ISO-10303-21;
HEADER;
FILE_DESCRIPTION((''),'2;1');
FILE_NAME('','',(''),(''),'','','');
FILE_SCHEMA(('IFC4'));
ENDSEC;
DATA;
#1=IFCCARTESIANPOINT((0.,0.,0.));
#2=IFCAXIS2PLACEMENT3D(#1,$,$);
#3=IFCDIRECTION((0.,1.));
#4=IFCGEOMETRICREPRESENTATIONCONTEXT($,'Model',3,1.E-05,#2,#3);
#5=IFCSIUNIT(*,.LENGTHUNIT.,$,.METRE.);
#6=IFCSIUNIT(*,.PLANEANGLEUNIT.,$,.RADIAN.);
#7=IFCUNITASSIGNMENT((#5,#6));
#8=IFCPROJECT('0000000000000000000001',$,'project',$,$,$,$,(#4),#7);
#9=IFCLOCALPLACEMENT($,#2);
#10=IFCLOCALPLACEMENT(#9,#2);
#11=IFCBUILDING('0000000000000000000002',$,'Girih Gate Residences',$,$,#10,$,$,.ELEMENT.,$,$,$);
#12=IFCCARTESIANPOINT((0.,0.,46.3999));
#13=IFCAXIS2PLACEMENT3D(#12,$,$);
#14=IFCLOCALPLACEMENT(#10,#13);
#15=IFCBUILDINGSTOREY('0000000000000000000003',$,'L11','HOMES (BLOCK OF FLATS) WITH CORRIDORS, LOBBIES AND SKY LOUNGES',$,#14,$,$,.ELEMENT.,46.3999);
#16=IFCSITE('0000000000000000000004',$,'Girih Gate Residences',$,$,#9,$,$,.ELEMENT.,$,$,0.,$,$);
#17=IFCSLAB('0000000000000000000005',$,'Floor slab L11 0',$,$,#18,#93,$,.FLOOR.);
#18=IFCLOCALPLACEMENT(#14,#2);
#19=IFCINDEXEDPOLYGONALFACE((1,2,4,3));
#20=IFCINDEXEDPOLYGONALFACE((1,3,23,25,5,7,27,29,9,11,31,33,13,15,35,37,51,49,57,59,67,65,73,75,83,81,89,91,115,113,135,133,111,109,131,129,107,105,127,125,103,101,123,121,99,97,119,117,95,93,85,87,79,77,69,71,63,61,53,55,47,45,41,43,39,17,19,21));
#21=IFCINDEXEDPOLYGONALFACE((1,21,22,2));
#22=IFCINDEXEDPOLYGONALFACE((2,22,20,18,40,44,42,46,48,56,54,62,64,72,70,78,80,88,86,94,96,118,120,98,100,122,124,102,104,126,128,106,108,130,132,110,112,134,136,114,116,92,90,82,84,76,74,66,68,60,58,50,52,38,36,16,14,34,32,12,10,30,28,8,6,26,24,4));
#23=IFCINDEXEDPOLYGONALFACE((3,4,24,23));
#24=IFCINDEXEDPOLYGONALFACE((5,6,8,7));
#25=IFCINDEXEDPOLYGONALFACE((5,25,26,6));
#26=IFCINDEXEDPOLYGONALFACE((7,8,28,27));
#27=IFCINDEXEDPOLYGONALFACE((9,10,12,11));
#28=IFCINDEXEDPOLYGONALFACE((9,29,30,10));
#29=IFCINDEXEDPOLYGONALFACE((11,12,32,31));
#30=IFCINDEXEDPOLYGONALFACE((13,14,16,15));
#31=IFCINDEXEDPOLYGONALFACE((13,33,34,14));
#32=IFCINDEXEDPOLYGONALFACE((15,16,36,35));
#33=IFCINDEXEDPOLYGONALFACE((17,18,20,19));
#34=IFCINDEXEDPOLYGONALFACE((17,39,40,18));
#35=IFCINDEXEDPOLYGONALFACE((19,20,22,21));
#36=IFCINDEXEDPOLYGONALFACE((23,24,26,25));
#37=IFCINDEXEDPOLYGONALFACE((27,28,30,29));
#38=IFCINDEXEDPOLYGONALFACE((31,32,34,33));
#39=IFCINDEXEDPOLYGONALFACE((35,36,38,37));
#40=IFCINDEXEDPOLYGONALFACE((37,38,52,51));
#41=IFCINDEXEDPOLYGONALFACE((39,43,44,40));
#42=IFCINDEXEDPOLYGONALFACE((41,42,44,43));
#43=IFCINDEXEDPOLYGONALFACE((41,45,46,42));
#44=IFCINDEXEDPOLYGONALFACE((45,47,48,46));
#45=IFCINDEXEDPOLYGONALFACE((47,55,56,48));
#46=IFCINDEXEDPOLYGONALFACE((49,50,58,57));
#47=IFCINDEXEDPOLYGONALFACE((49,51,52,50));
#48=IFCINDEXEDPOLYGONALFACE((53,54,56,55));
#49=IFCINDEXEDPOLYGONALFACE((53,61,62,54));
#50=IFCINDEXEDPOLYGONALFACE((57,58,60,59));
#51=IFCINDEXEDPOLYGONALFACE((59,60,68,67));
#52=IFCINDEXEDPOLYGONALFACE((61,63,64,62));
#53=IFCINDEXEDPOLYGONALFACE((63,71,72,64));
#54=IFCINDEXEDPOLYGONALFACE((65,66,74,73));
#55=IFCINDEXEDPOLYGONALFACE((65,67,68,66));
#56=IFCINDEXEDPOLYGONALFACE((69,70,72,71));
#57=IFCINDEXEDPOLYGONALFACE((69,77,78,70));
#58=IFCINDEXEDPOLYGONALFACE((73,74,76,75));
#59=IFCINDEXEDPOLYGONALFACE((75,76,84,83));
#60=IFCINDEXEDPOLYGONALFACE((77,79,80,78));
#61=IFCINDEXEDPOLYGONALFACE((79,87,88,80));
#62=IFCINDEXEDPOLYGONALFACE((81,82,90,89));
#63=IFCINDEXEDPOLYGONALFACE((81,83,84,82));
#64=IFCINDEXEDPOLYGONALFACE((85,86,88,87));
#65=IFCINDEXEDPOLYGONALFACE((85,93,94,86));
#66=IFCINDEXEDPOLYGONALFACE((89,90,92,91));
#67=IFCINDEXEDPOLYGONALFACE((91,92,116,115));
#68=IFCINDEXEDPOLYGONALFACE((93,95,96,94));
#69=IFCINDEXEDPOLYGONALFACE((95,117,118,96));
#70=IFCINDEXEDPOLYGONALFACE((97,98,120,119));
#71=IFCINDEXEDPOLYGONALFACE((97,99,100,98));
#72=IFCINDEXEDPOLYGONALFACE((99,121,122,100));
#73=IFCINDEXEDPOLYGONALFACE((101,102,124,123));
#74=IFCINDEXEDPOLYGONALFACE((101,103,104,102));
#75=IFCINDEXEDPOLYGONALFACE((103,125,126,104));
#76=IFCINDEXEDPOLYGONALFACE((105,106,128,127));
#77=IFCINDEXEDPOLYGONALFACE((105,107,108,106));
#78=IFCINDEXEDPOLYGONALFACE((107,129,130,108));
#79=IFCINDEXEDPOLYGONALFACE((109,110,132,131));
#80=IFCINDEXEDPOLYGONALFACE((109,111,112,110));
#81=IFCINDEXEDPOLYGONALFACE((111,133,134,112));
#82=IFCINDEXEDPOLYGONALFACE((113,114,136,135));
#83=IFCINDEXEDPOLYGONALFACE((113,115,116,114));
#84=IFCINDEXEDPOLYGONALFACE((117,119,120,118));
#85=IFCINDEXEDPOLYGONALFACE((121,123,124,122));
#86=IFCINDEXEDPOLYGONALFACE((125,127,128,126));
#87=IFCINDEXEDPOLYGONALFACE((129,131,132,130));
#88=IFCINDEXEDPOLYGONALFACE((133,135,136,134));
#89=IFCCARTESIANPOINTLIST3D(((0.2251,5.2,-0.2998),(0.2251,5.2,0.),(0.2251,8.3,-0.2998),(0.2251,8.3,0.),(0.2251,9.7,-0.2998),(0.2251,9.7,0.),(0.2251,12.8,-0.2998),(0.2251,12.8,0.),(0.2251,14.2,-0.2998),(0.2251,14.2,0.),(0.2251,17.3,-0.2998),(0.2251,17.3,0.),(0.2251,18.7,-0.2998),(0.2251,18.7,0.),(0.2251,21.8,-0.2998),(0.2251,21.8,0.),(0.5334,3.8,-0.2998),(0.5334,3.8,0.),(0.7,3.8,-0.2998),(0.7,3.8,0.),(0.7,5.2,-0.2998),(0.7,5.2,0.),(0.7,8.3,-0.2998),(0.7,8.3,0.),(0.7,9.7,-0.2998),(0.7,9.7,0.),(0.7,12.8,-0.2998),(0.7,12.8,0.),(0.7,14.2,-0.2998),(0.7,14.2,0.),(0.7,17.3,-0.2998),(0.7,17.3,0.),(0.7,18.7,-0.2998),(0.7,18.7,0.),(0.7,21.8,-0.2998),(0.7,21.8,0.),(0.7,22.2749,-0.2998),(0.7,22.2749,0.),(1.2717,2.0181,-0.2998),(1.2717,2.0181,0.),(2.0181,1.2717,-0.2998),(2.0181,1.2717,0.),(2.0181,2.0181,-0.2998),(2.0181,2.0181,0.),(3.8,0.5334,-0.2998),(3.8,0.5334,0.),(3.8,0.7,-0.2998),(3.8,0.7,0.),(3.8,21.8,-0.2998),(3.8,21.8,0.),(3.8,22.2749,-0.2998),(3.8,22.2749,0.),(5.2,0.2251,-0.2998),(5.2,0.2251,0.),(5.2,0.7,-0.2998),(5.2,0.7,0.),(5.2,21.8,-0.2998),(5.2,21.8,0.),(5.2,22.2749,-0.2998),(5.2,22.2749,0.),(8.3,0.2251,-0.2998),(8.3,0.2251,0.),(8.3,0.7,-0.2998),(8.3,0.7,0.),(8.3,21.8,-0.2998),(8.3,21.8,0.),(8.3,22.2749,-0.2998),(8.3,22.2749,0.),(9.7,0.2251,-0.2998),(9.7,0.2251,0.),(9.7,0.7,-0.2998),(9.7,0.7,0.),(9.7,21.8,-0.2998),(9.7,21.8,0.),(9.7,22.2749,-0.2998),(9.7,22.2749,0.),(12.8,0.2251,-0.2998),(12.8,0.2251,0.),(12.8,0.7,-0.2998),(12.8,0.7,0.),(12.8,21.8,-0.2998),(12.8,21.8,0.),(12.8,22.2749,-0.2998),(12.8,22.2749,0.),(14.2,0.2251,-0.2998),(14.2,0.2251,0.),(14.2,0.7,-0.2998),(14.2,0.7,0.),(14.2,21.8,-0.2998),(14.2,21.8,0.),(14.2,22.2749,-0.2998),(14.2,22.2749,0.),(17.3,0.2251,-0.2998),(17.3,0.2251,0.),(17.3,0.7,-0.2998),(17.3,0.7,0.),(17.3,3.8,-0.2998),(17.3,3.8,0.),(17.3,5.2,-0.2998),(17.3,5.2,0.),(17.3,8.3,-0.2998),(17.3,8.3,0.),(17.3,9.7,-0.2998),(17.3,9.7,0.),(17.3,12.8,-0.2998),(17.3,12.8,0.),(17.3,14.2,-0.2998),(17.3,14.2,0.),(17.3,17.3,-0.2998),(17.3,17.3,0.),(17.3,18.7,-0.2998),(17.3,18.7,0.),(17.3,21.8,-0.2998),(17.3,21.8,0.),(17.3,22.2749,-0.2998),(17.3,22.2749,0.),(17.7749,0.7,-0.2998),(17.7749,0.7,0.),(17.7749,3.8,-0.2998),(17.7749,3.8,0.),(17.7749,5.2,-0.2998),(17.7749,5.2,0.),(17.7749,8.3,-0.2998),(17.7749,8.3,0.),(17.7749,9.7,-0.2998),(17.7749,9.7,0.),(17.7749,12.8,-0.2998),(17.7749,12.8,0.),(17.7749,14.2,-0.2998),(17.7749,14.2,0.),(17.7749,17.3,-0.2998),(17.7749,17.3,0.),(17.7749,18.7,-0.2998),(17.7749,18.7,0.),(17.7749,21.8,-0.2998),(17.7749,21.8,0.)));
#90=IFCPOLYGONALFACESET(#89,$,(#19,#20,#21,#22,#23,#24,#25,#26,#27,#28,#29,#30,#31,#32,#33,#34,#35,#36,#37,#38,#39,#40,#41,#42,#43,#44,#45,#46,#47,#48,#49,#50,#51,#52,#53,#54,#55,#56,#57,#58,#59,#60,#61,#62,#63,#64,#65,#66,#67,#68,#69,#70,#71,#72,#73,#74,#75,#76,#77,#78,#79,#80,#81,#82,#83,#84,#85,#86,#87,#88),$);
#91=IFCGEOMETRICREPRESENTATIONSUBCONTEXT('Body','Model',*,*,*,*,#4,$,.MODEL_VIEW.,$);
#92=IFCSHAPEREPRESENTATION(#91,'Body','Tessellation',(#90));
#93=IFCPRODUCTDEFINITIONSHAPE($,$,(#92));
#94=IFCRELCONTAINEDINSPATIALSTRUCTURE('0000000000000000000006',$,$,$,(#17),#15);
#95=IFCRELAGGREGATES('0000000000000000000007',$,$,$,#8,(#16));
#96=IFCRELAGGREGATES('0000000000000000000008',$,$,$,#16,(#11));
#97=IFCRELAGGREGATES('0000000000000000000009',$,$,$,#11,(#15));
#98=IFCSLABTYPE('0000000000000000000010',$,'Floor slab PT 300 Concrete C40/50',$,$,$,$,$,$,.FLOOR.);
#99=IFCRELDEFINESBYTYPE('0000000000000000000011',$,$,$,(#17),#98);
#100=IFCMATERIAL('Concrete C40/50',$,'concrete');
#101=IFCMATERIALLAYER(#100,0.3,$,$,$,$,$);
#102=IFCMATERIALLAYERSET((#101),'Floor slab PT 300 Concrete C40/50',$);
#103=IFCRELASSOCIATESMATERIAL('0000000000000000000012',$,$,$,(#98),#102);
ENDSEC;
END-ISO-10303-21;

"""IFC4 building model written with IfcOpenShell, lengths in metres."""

from ifc_helpers import new_model, si_unit, direction, frame, origin, place, context, subcontext, project, spatial, polyline, outline, extrude, material, layer, layer_set, type_object, element, save


model = new_model("IFC4")

# Units and contexts
model_context = context("Model", 3, precision=1e-05, world=origin(), true_north=direction((0.0, 1.0)))
body_context = subcontext(model_context, "Body", "Model", "MODEL_VIEW")
ifc_project = project(units=[si_unit("LENGTHUNIT", "METRE"), si_unit("PLANEANGLEUNIT", "RADIAN")], contexts=[model_context])

# Site, building, storey
site_placement = place(None, origin())
site = spatial("IfcSite", under=ifc_project, at=site_placement, Name="Girih Gate Residences", CompositionType="ELEMENT", RefElevation=0.0)
building_placement = place(site_placement, origin())
building = spatial("IfcBuilding", under=site, at=building_placement, Name="Girih Gate Residences", CompositionType="ELEMENT")
storey_placement = place(building_placement, frame((0.0, 0.0, 46.3999)))
storey = spatial("IfcBuildingStorey", under=building, at=storey_placement, Name="L11", Description="HOMES (BLOCK OF FLATS) WITH CORRIDORS, LOBBIES AND SKY LOUNGES", CompositionType="ELEMENT", Elevation=46.3999)

# Slab
ifc_material_1 = material(Name="Concrete C40/50", Category="concrete")
ifc_layer_1 = layer(ifc_material_1, 0.3)
ifc_layer_set_1 = layer_set([ifc_layer_1], Name="Floor slab PT 300 Concrete C40/50")
slab_type_1 = type_object("IfcSlabType", Name="Floor slab PT 300 Concrete C40/50", PredefinedType="FLOOR", material=ifc_layer_set_1)
slab_1_placement = place(storey_placement, frame((0.0, 0.0, -0.2998)))
element("IfcSlab", 1, at=slab_1_placement, inside=storey, type_object=slab_type_1, Name="Floor slab L11 0", PredefinedType="FLOOR", context=body_context, shape_type="SweptSolid", body=[
    extrude(outline(polyline([(0.2251, 8.3), (0.2251, 5.2), (0.7, 5.2), (0.7, 3.8), (0.5334, 3.8), (1.2717, 2.0181), (2.0181, 2.0181), (2.0181, 1.2717), (3.8, 0.5334), (3.8, 0.7), (5.2, 0.7), (5.2, 0.2251), (8.3, 0.2251), (8.3, 0.7), (9.7, 0.7), (9.7, 0.2251), (12.8, 0.2251), (12.8, 0.7), (14.2, 0.7), (14.2, 0.2251), (17.3, 0.2251), (17.3, 0.7), (17.7749, 0.7), (17.7749, 3.8), (17.3, 3.8), (17.3, 5.2), (17.7749, 5.2), (17.7749, 8.3), (17.3, 8.3), (17.3, 9.7), (17.7749, 9.7), (17.7749, 12.8), (17.3, 12.8), (17.3, 14.2), (17.7749, 14.2), (17.7749, 17.3), (17.3, 17.3), (17.3, 18.7), (17.7749, 18.7), (17.7749, 21.8), (17.3, 21.8), (17.3, 22.2749), (14.2, 22.2749), (14.2, 21.8), (12.8, 21.8), (12.8, 22.2749), (9.7, 22.2749), (9.7, 21.8), (8.3, 21.8), (8.3, 22.2749), (5.2, 22.2749), (5.2, 21.8), (3.8, 21.8), (3.8, 22.2749), (0.7, 22.2749), (0.7, 21.8), (0.2251, 21.8), (0.2251, 18.7), (0.7, 18.7), (0.7, 17.3), (0.2251, 17.3), (0.2251, 14.2), (0.7, 14.2), (0.7, 12.8), (0.2251, 12.8), (0.2251, 9.7), (0.7, 9.7), (0.7, 8.3), (0.2251, 8.3)])), origin(), (0.0, 0.0, 1.0), 0.2998),
])

save(model, "model.ifc")
